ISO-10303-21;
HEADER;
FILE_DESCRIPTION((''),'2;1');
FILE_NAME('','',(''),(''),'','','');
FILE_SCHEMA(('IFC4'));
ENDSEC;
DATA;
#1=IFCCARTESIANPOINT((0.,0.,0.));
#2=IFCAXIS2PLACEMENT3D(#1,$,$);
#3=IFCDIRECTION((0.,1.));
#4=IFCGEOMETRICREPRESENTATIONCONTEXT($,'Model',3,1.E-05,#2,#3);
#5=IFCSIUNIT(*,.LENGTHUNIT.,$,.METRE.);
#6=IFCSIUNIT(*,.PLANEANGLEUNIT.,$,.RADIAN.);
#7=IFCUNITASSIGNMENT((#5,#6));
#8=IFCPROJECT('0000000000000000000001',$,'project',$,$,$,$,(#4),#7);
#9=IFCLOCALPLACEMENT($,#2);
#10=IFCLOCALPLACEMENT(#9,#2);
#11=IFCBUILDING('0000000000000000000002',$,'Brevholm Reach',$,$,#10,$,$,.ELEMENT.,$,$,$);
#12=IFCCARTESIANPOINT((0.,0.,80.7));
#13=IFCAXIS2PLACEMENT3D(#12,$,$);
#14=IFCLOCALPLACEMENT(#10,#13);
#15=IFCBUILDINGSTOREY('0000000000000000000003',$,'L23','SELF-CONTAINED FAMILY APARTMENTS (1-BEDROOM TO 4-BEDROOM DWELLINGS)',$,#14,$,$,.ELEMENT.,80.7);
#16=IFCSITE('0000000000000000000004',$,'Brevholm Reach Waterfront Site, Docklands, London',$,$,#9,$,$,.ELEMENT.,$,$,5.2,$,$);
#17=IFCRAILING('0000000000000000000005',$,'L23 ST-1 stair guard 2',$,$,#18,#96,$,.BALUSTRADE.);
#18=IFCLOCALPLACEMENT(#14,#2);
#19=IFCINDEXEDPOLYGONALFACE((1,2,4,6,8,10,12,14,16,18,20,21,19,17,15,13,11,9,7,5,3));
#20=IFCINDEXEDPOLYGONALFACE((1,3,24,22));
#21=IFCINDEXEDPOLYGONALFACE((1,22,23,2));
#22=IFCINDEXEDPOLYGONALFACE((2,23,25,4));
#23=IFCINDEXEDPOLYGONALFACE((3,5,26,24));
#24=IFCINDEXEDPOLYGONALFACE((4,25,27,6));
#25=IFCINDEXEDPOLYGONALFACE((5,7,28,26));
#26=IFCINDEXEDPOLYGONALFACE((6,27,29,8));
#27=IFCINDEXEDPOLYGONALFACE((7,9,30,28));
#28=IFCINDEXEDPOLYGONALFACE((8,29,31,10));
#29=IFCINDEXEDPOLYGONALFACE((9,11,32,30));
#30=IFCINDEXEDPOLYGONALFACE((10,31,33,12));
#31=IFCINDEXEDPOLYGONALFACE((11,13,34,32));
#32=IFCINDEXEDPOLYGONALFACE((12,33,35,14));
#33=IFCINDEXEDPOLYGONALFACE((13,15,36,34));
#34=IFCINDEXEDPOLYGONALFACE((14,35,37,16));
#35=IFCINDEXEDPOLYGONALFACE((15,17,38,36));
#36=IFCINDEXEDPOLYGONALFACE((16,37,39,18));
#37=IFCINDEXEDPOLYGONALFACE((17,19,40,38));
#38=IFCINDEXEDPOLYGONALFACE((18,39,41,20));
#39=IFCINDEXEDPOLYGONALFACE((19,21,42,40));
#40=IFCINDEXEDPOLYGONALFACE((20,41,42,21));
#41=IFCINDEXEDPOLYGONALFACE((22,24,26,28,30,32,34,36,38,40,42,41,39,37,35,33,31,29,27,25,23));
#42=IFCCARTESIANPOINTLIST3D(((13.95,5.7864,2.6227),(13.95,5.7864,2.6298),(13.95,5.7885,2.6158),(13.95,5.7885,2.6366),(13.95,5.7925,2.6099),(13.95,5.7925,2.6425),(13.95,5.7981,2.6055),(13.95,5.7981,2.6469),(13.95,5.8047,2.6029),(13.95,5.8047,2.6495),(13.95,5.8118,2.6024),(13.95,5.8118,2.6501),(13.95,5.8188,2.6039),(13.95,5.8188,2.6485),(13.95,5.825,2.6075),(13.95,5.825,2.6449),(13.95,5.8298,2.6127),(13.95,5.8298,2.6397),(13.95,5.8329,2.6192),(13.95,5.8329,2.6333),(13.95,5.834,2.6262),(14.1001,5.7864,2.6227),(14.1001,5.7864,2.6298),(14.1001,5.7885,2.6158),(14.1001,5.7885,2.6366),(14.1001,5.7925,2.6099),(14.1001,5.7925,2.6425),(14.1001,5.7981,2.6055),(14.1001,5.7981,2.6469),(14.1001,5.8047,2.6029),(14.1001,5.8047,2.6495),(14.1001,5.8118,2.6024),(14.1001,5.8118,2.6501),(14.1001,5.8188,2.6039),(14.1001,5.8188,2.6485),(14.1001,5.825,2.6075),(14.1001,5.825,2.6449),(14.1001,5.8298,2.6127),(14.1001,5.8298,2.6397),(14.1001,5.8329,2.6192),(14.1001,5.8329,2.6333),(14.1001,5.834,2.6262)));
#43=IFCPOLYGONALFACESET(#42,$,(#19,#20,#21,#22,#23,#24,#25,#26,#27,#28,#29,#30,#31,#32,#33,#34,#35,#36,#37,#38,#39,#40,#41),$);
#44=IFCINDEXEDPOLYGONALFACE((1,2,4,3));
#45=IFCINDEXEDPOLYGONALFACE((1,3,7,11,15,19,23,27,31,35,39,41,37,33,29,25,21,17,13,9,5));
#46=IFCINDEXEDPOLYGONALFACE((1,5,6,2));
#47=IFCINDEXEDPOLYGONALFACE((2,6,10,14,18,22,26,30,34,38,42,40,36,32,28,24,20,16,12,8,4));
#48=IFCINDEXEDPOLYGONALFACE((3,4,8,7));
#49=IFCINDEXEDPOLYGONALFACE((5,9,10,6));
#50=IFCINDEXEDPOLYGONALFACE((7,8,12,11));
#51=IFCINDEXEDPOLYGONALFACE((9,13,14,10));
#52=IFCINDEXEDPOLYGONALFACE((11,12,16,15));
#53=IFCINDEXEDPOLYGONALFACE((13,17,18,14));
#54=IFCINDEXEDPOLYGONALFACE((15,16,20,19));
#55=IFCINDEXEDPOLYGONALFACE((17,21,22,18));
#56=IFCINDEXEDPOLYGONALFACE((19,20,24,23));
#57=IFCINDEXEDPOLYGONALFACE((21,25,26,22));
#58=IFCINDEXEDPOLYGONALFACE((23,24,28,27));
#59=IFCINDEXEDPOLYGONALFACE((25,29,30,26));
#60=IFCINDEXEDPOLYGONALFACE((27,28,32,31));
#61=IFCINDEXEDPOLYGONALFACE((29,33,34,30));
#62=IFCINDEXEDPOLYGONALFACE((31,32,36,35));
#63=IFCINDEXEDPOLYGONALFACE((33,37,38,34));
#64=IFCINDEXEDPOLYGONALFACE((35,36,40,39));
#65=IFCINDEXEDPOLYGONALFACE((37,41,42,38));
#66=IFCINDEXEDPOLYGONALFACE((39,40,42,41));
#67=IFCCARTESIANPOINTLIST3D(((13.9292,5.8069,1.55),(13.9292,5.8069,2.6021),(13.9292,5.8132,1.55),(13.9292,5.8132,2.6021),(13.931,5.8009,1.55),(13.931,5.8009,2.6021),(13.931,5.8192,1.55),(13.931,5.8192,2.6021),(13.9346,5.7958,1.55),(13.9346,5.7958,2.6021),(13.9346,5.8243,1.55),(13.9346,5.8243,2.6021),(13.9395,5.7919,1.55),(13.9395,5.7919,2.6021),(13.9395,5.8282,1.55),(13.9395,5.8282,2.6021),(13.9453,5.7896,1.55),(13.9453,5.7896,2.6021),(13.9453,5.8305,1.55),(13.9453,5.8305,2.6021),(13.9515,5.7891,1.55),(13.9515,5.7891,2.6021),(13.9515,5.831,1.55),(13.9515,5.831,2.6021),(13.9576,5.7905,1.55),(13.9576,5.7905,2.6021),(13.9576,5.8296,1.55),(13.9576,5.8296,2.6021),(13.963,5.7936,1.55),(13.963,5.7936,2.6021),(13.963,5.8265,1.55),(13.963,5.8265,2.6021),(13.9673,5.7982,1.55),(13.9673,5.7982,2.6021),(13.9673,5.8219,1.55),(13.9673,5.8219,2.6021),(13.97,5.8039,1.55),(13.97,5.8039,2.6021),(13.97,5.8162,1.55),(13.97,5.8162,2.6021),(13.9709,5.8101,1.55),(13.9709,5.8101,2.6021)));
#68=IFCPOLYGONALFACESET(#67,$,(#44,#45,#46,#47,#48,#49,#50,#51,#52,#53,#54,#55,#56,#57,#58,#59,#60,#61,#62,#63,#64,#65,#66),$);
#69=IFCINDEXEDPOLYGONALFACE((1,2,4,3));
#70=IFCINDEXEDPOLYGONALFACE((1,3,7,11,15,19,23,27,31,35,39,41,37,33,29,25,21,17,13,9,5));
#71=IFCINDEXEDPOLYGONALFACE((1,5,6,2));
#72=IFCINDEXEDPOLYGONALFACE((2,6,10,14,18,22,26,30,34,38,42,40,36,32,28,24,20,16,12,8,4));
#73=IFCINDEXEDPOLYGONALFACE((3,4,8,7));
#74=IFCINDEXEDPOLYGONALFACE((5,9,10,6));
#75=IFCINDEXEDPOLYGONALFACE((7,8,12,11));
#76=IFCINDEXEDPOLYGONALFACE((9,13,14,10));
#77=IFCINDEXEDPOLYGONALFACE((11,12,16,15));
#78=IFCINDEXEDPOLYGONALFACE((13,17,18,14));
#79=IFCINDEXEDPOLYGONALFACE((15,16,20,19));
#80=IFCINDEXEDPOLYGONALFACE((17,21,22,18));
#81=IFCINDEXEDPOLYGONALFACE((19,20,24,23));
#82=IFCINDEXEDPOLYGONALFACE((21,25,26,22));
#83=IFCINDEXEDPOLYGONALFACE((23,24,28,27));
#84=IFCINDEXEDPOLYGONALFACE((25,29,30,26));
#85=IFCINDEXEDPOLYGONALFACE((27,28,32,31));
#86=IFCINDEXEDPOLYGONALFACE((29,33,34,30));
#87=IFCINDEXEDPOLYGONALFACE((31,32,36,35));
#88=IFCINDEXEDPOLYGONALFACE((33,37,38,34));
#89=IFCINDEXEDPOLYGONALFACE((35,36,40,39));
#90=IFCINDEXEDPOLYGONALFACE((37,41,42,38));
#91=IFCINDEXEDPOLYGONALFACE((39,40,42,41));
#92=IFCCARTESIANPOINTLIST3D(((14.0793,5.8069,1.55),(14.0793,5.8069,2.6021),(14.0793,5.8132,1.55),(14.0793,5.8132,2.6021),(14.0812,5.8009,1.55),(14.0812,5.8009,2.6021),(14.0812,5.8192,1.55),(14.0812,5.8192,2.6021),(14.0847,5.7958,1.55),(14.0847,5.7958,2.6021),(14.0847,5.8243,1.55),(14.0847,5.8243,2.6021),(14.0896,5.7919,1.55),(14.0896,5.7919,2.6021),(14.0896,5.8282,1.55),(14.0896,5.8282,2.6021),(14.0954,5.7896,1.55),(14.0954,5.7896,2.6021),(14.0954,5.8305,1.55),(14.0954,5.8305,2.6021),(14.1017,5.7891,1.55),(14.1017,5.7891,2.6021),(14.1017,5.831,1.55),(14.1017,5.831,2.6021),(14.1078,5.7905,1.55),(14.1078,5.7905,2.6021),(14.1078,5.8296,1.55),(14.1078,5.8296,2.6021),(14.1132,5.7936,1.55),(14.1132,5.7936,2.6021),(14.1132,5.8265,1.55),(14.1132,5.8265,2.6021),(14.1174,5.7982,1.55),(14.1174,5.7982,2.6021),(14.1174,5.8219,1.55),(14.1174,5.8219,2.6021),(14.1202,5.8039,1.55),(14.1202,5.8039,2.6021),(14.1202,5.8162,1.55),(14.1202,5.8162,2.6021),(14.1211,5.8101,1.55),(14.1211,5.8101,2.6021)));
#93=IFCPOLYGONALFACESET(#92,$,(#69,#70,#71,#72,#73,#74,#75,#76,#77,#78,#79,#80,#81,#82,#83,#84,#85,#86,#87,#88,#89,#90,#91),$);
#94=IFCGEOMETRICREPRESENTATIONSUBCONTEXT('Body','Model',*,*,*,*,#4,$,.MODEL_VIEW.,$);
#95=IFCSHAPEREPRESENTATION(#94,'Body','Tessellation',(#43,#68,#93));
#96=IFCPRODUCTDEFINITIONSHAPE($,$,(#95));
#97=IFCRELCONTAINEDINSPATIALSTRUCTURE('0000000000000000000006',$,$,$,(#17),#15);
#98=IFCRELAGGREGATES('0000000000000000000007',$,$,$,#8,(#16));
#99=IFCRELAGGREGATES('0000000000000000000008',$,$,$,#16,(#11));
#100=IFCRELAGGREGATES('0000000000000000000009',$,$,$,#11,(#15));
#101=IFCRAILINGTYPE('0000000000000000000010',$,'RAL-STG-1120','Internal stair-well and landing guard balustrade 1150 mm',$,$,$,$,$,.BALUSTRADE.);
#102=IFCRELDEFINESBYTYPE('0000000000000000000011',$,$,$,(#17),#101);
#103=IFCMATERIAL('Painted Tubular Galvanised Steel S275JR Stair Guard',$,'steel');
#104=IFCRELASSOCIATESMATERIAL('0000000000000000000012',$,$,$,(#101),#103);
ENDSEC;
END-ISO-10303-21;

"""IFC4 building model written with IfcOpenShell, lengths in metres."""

from ifc_helpers import new_model, si_unit, direction, frame, origin, origin_2d, place, context, subcontext, project, spatial, circle, extrude, material, type_object, element, save


model = new_model("IFC4")

# Units and contexts
model_context = context("Model", 3, precision=1e-05, world=origin(), true_north=direction((0.0, 1.0)))
body_context = subcontext(model_context, "Body", "Model", "MODEL_VIEW")
ifc_project = project(units=[si_unit("LENGTHUNIT", "METRE"), si_unit("PLANEANGLEUNIT", "RADIAN")], contexts=[model_context])

# Site, building, storey
site_placement = place(None, origin())
site = spatial("IfcSite", under=ifc_project, at=site_placement, Name="Brevholm Reach Waterfront Site, Docklands, London", CompositionType="ELEMENT", RefElevation=5.2)
building_placement = place(site_placement, origin())
building = spatial("IfcBuilding", under=site, at=building_placement, Name="Brevholm Reach", CompositionType="ELEMENT")
storey_placement = place(building_placement, frame((0.0, 0.0, 80.7)))
storey = spatial("IfcBuildingStorey", under=building, at=storey_placement, Name="L23", Description="SELF-CONTAINED FAMILY APARTMENTS (1-BEDROOM TO 4-BEDROOM DWELLINGS)", CompositionType="ELEMENT", Elevation=80.7)

# Railing
ifc_material_1 = material(Name="Painted Tubular Galvanised Steel S275JR Stair Guard", Category="steel")
railing_type_1 = type_object("IfcRailingType", Name="RAL-STG-1120", Description="Internal stair-well and landing guard balustrade 1150 mm", PredefinedType="BALUSTRADE", material=ifc_material_1)
railing_1_placement = place(storey_placement, frame((13.95, 5.8101, 1.55)))
element("IfcRailing", 1, at=railing_1_placement, inside=storey, type_object=railing_type_1, Name="L23 ST-1 stair guard 2", PredefinedType="BALUSTRADE", context=body_context, shape_type="SweptSolid", body=[
    extrude(circle(Radius=0.0239, at=origin_2d()), frame((0.0, 0.0, 1.0762), z_axis=(1.0, 0.0, 0.0), x_axis=(0.0, 1.0, 0.0)), (0.0, 0.0, 1.0), 0.1501),
    extrude(circle(Radius=0.021, at=origin_2d()), origin(), (0.0, 0.0, 1.0), 1.052),
    extrude(circle(Radius=0.021, at=origin_2d()), frame((0.1501, 0.0, 0.0)), (0.0, 0.0, 1.0), 1.052),
])

save(model, "model.ifc")
